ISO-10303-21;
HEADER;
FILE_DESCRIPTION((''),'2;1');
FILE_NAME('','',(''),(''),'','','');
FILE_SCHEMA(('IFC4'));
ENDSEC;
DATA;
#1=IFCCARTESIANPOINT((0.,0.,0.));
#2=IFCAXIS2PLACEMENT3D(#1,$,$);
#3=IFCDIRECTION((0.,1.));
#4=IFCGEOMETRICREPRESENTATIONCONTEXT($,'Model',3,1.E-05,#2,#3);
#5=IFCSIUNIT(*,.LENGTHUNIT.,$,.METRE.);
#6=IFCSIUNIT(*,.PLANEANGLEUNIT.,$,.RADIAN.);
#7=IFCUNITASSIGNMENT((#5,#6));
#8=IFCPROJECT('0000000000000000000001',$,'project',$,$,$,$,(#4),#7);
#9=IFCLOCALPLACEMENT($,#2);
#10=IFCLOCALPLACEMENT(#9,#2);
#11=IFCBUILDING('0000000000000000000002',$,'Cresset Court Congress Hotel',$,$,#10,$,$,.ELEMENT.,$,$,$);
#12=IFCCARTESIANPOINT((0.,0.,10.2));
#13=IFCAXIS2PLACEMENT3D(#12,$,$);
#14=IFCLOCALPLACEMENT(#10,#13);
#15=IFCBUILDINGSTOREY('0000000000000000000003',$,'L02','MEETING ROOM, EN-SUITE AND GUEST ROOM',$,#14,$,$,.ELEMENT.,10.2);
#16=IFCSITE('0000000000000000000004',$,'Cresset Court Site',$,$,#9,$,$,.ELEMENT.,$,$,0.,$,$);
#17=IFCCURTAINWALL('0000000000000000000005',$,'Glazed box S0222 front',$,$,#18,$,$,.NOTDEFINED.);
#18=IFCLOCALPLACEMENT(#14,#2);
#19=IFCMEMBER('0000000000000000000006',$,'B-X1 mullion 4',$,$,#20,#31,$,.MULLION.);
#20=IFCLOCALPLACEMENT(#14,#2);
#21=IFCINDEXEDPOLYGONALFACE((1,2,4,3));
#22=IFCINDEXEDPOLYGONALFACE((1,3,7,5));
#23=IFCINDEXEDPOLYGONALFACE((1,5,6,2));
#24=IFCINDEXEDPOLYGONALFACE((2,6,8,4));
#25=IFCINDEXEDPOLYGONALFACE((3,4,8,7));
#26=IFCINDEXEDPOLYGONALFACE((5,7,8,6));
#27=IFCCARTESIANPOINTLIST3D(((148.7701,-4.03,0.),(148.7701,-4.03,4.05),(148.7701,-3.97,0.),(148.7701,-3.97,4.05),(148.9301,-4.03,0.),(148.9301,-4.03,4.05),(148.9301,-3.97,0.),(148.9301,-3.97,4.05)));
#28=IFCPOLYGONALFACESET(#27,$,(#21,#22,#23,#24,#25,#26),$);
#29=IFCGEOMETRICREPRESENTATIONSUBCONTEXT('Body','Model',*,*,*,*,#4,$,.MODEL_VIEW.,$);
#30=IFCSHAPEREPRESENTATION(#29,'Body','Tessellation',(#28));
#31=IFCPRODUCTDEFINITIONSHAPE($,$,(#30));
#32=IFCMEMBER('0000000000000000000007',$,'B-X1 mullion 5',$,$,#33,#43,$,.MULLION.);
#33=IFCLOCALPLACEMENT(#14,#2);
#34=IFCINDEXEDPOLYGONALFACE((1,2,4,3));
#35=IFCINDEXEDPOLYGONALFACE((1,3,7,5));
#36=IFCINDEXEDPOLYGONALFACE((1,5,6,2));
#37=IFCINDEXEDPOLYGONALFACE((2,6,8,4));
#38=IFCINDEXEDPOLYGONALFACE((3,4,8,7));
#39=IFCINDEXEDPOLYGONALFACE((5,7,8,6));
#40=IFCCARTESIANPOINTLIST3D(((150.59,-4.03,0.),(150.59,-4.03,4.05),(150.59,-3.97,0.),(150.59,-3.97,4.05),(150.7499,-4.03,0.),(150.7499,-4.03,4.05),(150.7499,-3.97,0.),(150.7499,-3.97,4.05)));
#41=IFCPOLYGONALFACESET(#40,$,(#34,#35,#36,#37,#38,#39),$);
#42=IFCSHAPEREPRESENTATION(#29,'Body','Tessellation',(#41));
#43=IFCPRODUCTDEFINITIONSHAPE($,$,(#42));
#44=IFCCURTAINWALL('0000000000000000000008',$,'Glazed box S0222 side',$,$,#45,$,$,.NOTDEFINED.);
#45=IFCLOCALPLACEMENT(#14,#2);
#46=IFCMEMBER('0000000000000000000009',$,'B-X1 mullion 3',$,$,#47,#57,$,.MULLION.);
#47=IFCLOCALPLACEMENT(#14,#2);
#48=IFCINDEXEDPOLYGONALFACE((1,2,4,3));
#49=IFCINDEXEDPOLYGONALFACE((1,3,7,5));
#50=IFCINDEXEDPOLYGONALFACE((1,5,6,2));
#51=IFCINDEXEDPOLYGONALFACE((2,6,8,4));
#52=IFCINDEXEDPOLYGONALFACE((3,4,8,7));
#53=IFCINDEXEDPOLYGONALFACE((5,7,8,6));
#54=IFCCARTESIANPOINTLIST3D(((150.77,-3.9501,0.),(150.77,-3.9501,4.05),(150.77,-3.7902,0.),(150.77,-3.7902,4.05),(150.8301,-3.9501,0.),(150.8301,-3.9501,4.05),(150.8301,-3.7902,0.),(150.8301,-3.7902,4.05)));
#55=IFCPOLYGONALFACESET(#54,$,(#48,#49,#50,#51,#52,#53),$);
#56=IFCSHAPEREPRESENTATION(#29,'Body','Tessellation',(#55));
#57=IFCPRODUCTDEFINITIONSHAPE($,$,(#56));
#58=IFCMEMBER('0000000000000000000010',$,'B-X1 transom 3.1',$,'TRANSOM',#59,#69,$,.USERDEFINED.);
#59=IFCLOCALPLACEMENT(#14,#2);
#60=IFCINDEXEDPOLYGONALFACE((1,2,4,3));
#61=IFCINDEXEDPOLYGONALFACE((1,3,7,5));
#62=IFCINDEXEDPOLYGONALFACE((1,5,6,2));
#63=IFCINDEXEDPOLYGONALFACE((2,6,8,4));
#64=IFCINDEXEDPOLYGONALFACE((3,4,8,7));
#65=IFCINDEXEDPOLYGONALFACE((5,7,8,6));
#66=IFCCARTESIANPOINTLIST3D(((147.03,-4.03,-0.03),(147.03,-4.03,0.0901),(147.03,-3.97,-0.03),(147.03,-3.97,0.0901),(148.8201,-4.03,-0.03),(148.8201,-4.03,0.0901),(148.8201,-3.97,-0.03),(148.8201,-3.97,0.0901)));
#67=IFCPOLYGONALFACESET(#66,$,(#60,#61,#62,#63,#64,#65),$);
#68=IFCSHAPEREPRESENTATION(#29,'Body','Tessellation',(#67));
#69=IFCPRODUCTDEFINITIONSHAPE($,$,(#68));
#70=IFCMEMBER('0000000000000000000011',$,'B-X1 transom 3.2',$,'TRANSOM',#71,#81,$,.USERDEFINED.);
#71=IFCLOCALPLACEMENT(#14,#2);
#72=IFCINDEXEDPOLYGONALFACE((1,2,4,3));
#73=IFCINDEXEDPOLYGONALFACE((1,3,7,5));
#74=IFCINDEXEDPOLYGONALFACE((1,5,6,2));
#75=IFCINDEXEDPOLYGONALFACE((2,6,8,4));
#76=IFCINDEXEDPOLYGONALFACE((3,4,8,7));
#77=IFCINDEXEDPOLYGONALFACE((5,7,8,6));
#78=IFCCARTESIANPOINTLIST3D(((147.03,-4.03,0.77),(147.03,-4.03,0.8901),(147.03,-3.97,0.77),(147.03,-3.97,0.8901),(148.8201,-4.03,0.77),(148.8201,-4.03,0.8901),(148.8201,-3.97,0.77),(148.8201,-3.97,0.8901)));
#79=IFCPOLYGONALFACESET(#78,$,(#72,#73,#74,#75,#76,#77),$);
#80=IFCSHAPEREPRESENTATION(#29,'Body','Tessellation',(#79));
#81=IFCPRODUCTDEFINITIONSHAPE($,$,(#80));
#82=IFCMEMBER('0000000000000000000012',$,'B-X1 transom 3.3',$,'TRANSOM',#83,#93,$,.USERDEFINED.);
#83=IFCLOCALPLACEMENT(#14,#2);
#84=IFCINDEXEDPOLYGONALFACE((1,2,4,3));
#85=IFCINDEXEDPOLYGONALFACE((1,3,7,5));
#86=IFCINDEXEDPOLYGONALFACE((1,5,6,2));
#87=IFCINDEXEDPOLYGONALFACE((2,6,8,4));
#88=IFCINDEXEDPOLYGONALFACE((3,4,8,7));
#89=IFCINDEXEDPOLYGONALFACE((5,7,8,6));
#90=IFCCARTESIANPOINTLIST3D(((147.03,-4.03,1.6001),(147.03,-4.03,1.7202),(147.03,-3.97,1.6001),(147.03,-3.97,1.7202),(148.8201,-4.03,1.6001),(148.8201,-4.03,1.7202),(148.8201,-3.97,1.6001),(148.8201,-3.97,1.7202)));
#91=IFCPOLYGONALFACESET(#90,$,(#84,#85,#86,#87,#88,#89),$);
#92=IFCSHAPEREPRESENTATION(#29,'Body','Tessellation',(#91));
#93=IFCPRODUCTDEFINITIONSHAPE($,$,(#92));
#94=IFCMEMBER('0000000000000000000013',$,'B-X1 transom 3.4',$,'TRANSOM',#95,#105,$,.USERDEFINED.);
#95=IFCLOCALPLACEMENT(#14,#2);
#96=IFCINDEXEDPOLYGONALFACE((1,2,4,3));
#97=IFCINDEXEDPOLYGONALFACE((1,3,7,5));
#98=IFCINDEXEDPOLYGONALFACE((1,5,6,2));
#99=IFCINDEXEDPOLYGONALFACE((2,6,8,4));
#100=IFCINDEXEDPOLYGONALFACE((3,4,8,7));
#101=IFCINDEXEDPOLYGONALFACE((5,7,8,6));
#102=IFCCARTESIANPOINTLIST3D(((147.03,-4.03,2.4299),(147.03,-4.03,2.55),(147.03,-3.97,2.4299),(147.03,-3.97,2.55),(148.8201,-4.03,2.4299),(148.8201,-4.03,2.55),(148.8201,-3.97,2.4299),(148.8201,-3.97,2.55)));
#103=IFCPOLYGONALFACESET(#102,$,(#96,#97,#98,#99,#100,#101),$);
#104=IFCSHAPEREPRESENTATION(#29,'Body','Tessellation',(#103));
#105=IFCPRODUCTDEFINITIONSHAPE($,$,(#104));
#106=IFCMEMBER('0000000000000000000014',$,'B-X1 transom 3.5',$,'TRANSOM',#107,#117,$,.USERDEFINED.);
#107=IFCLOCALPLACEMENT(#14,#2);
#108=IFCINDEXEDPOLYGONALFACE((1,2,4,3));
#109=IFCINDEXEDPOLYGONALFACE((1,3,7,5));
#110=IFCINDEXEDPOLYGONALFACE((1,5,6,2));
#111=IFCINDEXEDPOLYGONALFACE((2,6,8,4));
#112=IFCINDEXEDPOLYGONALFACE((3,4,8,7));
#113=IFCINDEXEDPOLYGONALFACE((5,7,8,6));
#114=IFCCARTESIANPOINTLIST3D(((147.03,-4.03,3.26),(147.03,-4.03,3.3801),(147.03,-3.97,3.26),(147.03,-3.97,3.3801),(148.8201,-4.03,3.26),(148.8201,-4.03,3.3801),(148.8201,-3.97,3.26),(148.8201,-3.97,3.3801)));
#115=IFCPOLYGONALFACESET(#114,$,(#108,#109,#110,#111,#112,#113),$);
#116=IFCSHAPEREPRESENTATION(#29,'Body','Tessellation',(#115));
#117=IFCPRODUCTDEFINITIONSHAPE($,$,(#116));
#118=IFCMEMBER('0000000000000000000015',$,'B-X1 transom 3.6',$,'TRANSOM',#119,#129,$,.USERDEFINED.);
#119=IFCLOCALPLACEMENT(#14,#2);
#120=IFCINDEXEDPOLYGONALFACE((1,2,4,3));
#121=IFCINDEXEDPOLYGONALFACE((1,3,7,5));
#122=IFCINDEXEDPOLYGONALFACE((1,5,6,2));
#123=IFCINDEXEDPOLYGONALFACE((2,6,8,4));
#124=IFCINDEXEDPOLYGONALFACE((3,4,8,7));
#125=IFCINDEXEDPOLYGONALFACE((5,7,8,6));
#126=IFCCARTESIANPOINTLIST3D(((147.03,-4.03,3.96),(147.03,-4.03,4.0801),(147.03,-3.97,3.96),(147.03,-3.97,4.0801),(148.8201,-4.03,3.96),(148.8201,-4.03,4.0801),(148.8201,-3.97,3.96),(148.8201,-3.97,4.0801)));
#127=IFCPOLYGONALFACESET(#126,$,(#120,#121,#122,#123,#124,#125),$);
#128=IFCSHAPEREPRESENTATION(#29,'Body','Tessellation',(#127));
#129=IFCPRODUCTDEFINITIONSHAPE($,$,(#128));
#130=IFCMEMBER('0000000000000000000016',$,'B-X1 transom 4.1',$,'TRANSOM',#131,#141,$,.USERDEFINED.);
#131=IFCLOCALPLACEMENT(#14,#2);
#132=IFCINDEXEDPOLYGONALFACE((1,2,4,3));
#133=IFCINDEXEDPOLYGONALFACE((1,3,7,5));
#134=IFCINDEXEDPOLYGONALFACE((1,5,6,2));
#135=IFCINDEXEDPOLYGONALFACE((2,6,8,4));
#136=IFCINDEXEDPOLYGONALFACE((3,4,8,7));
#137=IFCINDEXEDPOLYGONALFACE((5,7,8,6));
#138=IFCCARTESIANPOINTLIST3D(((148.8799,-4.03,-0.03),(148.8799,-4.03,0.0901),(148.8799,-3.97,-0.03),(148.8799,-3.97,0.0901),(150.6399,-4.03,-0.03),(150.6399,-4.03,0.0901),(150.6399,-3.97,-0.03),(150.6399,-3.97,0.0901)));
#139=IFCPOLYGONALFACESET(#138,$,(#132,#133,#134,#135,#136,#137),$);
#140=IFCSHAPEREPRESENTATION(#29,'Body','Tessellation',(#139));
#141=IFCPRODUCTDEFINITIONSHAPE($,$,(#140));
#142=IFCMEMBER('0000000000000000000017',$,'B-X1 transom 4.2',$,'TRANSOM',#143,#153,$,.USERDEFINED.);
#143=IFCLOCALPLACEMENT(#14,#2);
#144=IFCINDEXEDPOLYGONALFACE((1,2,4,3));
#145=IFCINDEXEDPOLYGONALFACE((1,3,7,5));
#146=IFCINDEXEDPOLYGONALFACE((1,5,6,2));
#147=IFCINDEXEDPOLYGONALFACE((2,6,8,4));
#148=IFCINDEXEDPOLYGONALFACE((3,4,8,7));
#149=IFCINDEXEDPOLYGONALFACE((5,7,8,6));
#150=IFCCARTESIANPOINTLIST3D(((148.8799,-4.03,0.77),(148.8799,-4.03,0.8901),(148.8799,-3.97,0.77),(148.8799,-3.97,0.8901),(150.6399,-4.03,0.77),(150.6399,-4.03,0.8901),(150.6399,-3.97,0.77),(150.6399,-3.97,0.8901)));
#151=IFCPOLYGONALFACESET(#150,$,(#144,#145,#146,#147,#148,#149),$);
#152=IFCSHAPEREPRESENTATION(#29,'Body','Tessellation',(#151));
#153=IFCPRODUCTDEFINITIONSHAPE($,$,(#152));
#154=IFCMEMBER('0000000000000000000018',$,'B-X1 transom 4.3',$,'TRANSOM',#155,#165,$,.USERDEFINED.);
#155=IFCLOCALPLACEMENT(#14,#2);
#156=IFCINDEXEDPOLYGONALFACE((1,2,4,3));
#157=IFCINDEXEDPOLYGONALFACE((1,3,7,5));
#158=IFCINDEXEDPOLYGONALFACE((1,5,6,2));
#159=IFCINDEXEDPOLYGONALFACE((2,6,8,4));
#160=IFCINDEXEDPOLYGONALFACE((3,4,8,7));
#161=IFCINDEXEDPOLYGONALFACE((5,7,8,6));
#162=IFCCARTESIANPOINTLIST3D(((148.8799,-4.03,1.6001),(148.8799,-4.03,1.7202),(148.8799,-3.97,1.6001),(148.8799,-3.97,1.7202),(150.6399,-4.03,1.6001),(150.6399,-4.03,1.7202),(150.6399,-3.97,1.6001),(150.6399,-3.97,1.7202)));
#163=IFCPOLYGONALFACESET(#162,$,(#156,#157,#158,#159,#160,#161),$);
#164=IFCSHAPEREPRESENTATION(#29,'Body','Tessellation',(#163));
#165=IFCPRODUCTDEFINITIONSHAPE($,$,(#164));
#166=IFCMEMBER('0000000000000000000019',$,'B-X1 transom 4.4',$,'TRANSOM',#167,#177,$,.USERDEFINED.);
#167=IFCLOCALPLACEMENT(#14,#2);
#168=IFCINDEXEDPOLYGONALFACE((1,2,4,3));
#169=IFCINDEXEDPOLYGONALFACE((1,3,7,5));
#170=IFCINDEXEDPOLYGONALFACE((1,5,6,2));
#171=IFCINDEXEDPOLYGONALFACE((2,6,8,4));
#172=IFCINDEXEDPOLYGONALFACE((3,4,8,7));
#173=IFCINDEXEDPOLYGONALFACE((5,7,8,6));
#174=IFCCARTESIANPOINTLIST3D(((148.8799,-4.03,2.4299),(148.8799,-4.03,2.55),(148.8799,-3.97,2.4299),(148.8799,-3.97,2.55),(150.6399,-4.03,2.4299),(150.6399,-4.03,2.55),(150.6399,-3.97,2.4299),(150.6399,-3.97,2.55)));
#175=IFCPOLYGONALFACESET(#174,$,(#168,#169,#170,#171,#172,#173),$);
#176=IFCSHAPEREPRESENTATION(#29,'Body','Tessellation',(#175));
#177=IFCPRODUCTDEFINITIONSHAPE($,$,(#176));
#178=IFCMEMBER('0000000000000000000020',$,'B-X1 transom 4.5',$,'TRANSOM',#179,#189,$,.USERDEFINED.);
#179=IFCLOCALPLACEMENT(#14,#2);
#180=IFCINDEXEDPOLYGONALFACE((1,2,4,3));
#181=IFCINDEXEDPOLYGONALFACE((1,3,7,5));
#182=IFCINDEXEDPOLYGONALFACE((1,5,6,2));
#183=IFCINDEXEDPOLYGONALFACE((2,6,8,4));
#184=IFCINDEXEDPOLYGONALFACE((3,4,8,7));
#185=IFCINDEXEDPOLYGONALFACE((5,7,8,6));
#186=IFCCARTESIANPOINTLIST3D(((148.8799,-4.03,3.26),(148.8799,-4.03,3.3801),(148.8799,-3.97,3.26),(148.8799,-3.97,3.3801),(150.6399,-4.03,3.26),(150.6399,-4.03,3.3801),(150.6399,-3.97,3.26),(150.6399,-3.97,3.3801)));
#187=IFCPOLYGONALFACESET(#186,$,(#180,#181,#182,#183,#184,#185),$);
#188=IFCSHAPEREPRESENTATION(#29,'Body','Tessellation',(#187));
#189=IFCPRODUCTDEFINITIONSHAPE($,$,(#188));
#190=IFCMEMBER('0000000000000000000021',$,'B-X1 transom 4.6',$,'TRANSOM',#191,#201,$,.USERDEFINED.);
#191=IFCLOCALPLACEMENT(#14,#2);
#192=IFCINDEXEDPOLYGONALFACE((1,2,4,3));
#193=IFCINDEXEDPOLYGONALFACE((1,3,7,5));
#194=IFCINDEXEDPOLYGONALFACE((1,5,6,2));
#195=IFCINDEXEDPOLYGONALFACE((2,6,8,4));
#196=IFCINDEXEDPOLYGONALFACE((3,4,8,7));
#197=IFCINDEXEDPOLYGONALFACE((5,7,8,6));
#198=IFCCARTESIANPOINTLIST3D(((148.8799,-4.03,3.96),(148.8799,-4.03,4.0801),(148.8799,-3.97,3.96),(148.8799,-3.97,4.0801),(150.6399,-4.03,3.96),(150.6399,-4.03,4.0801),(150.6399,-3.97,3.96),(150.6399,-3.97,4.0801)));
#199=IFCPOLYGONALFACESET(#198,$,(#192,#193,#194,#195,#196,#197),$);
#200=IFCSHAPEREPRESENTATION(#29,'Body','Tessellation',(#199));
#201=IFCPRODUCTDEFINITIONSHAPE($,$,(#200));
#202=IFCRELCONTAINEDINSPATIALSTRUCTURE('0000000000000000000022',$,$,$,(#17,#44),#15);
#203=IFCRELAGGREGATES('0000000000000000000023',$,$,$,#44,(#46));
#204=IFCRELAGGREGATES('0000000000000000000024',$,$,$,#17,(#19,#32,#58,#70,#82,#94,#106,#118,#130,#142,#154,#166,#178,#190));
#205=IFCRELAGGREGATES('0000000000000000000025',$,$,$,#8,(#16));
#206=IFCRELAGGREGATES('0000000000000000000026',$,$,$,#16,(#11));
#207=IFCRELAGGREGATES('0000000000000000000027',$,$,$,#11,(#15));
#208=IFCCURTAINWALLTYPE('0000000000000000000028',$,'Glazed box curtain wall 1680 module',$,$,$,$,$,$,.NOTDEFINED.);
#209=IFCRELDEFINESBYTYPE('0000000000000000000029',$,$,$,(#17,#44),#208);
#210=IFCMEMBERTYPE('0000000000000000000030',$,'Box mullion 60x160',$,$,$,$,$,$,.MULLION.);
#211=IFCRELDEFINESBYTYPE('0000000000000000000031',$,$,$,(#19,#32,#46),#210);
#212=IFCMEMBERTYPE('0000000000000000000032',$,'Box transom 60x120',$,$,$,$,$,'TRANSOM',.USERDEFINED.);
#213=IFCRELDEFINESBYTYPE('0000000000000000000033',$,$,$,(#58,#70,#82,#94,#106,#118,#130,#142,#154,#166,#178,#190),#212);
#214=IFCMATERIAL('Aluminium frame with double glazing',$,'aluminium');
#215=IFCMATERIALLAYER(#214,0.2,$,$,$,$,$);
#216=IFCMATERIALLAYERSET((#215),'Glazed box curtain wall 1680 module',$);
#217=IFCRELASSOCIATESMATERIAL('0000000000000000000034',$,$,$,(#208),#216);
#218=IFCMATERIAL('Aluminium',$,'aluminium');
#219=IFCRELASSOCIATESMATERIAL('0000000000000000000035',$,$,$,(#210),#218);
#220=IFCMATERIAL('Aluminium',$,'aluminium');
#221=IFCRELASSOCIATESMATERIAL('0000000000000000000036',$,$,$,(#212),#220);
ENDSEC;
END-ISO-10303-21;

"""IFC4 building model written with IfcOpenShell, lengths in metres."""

from ifc_helpers import new_model, si_unit, direction, frame, origin, origin_2d, place, context, subcontext, project, spatial, rectangle, extrude, material, layer, layer_set, material_profile, profile_set, type_object, element, aggregate, save


model = new_model("IFC4")

# Units and contexts
model_context = context("Model", 3, precision=1e-05, world=origin(), true_north=direction((0.0, 1.0)))
body_context = subcontext(model_context, "Body", "Model", "MODEL_VIEW")
ifc_project = project(units=[si_unit("LENGTHUNIT", "METRE"), si_unit("PLANEANGLEUNIT", "RADIAN")], contexts=[model_context])

# Site, building, storey
site_placement = place(None, origin())
site = spatial("IfcSite", under=ifc_project, at=site_placement, Name="Cresset Court Site", CompositionType="ELEMENT", RefElevation=0.0)
building_placement = place(site_placement, origin())
building = spatial("IfcBuilding", under=site, at=building_placement, Name="Cresset Court Congress Hotel", CompositionType="ELEMENT")
storey_placement = place(building_placement, frame((0.0, 0.0, 10.2)))
storey = spatial("IfcBuildingStorey", under=building, at=storey_placement, Name="L02", Description="MEETING ROOM, EN-SUITE AND GUEST ROOM", CompositionType="ELEMENT", Elevation=10.2)

# Curtain wall, members
ifc_material_1 = material(Name="Aluminium frame with double glazing", Category="aluminium")
ifc_layer_1 = layer(ifc_material_1, 0.2)
ifc_layer_set_1 = layer_set([ifc_layer_1], Name="Glazed box curtain wall 1680 module")
curtain_wall_type = type_object("IfcCurtainWallType", Name="Glazed box curtain wall 1680 module", PredefinedType="NOTDEFINED", material=ifc_layer_set_1)
curtain_wall_1_placement = place(storey_placement, origin())
curtain_wall_1 = element("IfcCurtainWall", 1, at=curtain_wall_1_placement, inside=storey, type_object=curtain_wall_type, Name="Glazed box S0222 front", PredefinedType="NOTDEFINED")
ifc_material_2 = material(Name="Aluminium", Category="aluminium")
ifc_material_profile_1 = material_profile(ifc_material_2, rectangle(XDim=0.0601, YDim=0.1599, at=origin_2d()), Name="Box mullion 60x160")
ifc_profile_set_1 = profile_set([ifc_material_profile_1], Name="Aluminium")
member_type_1 = type_object("IfcMemberType", Name="Box mullion 60x160", PredefinedType="MULLION", material=ifc_profile_set_1)
member_1_placement = place(storey_placement, frame((148.8501, -4.0, 0.0), z_axis=(0.0, 0.0, 1.0), x_axis=(0.0, 1.0, 0.0)))
member_1 = element("IfcMember", 2, at=member_1_placement, type_object=member_type_1, Name="B-X1 mullion 4", PredefinedType="MULLION", context=body_context, shape_type="SweptSolid", body=[
    extrude(rectangle(XDim=0.0601, YDim=0.1599, at=origin_2d()), origin(), (0.0, 0.0, 1.0), 4.05),
])
member_2_placement = place(storey_placement, frame((150.6699, -4.0, 0.0), z_axis=(0.0, 0.0, 1.0), x_axis=(0.0, 1.0, 0.0)))
member_2 = element("IfcMember", 3, at=member_2_placement, type_object=member_type_1, Name="B-X1 mullion 5", PredefinedType="MULLION", context=body_context, shape_type="SweptSolid", body=[
    extrude(rectangle(XDim=0.0601, YDim=0.1599, at=origin_2d()), origin(), (0.0, 0.0, 1.0), 4.05),
])

# Curtain wall, member
curtain_wall_2_placement = place(storey_placement, origin())
curtain_wall_2 = element("IfcCurtainWall", 4, at=curtain_wall_2_placement, inside=storey, type_object=curtain_wall_type, Name="Glazed box S0222 side", PredefinedType="NOTDEFINED")
member_3_placement = place(storey_placement, frame((150.8, -3.8701, 0.0), z_axis=(0.0, 0.0, 1.0), x_axis=(1.0, 0.0, 0.0)))
member_3 = element("IfcMember", 5, at=member_3_placement, type_object=member_type_1, Name="B-X1 mullion 3", PredefinedType="MULLION", context=body_context, shape_type="SweptSolid", body=[
    extrude(rectangle(XDim=0.0601, YDim=0.1599, at=origin_2d()), origin(), (0.0, 0.0, 1.0), 4.05),
])
aggregate(curtain_wall_2, [member_3])

# Members
ifc_material_3 = material(Name="Aluminium", Category="aluminium")
ifc_material_profile_2 = material_profile(ifc_material_3, rectangle(XDim=0.0601, YDim=0.1201, at=origin_2d()), Name="Box transom 60x120")
ifc_profile_set_2 = profile_set([ifc_material_profile_2], Name="Aluminium")
member_type_2 = type_object("IfcMemberType", Name="Box transom 60x120", ElementType="TRANSOM", PredefinedType="USERDEFINED", material=ifc_profile_set_2)
member_4_placement = place(storey_placement, frame((147.03, -4.0, 0.03), z_axis=(1.0, 0.0, 0.0), x_axis=(0.0, 1.0, 0.0)))
member_4 = element("IfcMember", 6, at=member_4_placement, type_object=member_type_2, Name="B-X1 transom 3.1", ObjectType="TRANSOM", PredefinedType="USERDEFINED", context=body_context, shape_type="SweptSolid", body=[
    extrude(rectangle(XDim=0.0601, YDim=0.1201, at=origin_2d()), origin(), (0.0, 0.0, 1.0), 1.79),
])
member_5_placement = place(storey_placement, frame((147.03, -4.0, 0.8301), z_axis=(1.0, 0.0, 0.0), x_axis=(0.0, 1.0, 0.0)))
member_5 = element("IfcMember", 7, at=member_5_placement, type_object=member_type_2, Name="B-X1 transom 3.2", ObjectType="TRANSOM", PredefinedType="USERDEFINED", context=body_context, shape_type="SweptSolid", body=[
    extrude(rectangle(XDim=0.0601, YDim=0.1201, at=origin_2d()), origin(), (0.0, 0.0, 1.0), 1.79),
])
member_6_placement = place(storey_placement, frame((147.03, -4.0, 1.6602), z_axis=(1.0, 0.0, 0.0), x_axis=(0.0, 1.0, 0.0)))
member_6 = element("IfcMember", 8, at=member_6_placement, type_object=member_type_2, Name="B-X1 transom 3.3", ObjectType="TRANSOM", PredefinedType="USERDEFINED", context=body_context, shape_type="SweptSolid", body=[
    extrude(rectangle(XDim=0.0601, YDim=0.1201, at=origin_2d()), origin(), (0.0, 0.0, 1.0), 1.79),
])
member_7_placement = place(storey_placement, frame((147.03, -4.0, 2.49), z_axis=(1.0, 0.0, 0.0), x_axis=(0.0, 1.0, 0.0)))
member_7 = element("IfcMember", 9, at=member_7_placement, type_object=member_type_2, Name="B-X1 transom 3.4", ObjectType="TRANSOM", PredefinedType="USERDEFINED", context=body_context, shape_type="SweptSolid", body=[
    extrude(rectangle(XDim=0.0601, YDim=0.1201, at=origin_2d()), origin(), (0.0, 0.0, 1.0), 1.79),
])
member_8_placement = place(storey_placement, frame((147.03, -4.0, 3.3201), z_axis=(1.0, 0.0, 0.0), x_axis=(0.0, 1.0, 0.0)))
member_8 = element("IfcMember", 10, at=member_8_placement, type_object=member_type_2, Name="B-X1 transom 3.5", ObjectType="TRANSOM", PredefinedType="USERDEFINED", context=body_context, shape_type="SweptSolid", body=[
    extrude(rectangle(XDim=0.0601, YDim=0.1201, at=origin_2d()), origin(), (0.0, 0.0, 1.0), 1.79),
])
member_9_placement = place(storey_placement, frame((147.03, -4.0, 4.02), z_axis=(1.0, 0.0, 0.0), x_axis=(0.0, 1.0, 0.0)))
member_9 = element("IfcMember", 11, at=member_9_placement, type_object=member_type_2, Name="B-X1 transom 3.6", ObjectType="TRANSOM", PredefinedType="USERDEFINED", context=body_context, shape_type="SweptSolid", body=[
    extrude(rectangle(XDim=0.0601, YDim=0.1201, at=origin_2d()), origin(), (0.0, 0.0, 1.0), 1.79),
])
member_10_placement = place(storey_placement, frame((148.8799, -4.0, 0.03), z_axis=(1.0, 0.0, 0.0), x_axis=(0.0, 1.0, 0.0)))
member_10 = element("IfcMember", 12, at=member_10_placement, type_object=member_type_2, Name="B-X1 transom 4.1", ObjectType="TRANSOM", PredefinedType="USERDEFINED", context=body_context, shape_type="SweptSolid", body=[
    extrude(rectangle(XDim=0.0601, YDim=0.1201, at=origin_2d()), origin(), (0.0, 0.0, 1.0), 1.76),
])
member_11_placement = place(storey_placement, frame((148.8799, -4.0, 0.8301), z_axis=(1.0, 0.0, 0.0), x_axis=(0.0, 1.0, 0.0)))
member_11 = element("IfcMember", 13, at=member_11_placement, type_object=member_type_2, Name="B-X1 transom 4.2", ObjectType="TRANSOM", PredefinedType="USERDEFINED", context=body_context, shape_type="SweptSolid", body=[
    extrude(rectangle(XDim=0.0601, YDim=0.1201, at=origin_2d()), origin(), (0.0, 0.0, 1.0), 1.76),
])
member_12_placement = place(storey_placement, frame((148.8799, -4.0, 1.6602), z_axis=(1.0, 0.0, 0.0), x_axis=(0.0, 1.0, 0.0)))
member_12 = element("IfcMember", 14, at=member_12_placement, type_object=member_type_2, Name="B-X1 transom 4.3", ObjectType="TRANSOM", PredefinedType="USERDEFINED", context=body_context, shape_type="SweptSolid", body=[
    extrude(rectangle(XDim=0.0601, YDim=0.1201, at=origin_2d()), origin(), (0.0, 0.0, 1.0), 1.76),
])
member_13_placement = place(storey_placement, frame((148.8799, -4.0, 2.49), z_axis=(1.0, 0.0, 0.0), x_axis=(0.0, 1.0, 0.0)))
member_13 = element("IfcMember", 15, at=member_13_placement, type_object=member_type_2, Name="B-X1 transom 4.4", ObjectType="TRANSOM", PredefinedType="USERDEFINED", context=body_context, shape_type="SweptSolid", body=[
    extrude(rectangle(XDim=0.0601, YDim=0.1201, at=origin_2d()), origin(), (0.0, 0.0, 1.0), 1.76),
])
member_14_placement = place(storey_placement, frame((148.8799, -4.0, 3.3201), z_axis=(1.0, 0.0, 0.0), x_axis=(0.0, 1.0, 0.0)))
member_14 = element("IfcMember", 16, at=member_14_placement, type_object=member_type_2, Name="B-X1 transom 4.5", ObjectType="TRANSOM", PredefinedType="USERDEFINED", context=body_context, shape_type="SweptSolid", body=[
    extrude(rectangle(XDim=0.0601, YDim=0.1201, at=origin_2d()), origin(), (0.0, 0.0, 1.0), 1.76),
])
member_15_placement = place(storey_placement, frame((148.8799, -4.0, 4.02), z_axis=(1.0, 0.0, 0.0), x_axis=(0.0, 1.0, 0.0)))
member_15 = element("IfcMember", 17, at=member_15_placement, type_object=member_type_2, Name="B-X1 transom 4.6", ObjectType="TRANSOM", PredefinedType="USERDEFINED", context=body_context, shape_type="SweptSolid", body=[
    extrude(rectangle(XDim=0.0601, YDim=0.1201, at=origin_2d()), origin(), (0.0, 0.0, 1.0), 1.76),
])

aggregate(curtain_wall_1, [member_1, member_2, member_4, member_5, member_6, member_7, member_8, member_9, member_10, member_11, member_12, member_13, member_14, member_15])

save(model, "model.ifc")
